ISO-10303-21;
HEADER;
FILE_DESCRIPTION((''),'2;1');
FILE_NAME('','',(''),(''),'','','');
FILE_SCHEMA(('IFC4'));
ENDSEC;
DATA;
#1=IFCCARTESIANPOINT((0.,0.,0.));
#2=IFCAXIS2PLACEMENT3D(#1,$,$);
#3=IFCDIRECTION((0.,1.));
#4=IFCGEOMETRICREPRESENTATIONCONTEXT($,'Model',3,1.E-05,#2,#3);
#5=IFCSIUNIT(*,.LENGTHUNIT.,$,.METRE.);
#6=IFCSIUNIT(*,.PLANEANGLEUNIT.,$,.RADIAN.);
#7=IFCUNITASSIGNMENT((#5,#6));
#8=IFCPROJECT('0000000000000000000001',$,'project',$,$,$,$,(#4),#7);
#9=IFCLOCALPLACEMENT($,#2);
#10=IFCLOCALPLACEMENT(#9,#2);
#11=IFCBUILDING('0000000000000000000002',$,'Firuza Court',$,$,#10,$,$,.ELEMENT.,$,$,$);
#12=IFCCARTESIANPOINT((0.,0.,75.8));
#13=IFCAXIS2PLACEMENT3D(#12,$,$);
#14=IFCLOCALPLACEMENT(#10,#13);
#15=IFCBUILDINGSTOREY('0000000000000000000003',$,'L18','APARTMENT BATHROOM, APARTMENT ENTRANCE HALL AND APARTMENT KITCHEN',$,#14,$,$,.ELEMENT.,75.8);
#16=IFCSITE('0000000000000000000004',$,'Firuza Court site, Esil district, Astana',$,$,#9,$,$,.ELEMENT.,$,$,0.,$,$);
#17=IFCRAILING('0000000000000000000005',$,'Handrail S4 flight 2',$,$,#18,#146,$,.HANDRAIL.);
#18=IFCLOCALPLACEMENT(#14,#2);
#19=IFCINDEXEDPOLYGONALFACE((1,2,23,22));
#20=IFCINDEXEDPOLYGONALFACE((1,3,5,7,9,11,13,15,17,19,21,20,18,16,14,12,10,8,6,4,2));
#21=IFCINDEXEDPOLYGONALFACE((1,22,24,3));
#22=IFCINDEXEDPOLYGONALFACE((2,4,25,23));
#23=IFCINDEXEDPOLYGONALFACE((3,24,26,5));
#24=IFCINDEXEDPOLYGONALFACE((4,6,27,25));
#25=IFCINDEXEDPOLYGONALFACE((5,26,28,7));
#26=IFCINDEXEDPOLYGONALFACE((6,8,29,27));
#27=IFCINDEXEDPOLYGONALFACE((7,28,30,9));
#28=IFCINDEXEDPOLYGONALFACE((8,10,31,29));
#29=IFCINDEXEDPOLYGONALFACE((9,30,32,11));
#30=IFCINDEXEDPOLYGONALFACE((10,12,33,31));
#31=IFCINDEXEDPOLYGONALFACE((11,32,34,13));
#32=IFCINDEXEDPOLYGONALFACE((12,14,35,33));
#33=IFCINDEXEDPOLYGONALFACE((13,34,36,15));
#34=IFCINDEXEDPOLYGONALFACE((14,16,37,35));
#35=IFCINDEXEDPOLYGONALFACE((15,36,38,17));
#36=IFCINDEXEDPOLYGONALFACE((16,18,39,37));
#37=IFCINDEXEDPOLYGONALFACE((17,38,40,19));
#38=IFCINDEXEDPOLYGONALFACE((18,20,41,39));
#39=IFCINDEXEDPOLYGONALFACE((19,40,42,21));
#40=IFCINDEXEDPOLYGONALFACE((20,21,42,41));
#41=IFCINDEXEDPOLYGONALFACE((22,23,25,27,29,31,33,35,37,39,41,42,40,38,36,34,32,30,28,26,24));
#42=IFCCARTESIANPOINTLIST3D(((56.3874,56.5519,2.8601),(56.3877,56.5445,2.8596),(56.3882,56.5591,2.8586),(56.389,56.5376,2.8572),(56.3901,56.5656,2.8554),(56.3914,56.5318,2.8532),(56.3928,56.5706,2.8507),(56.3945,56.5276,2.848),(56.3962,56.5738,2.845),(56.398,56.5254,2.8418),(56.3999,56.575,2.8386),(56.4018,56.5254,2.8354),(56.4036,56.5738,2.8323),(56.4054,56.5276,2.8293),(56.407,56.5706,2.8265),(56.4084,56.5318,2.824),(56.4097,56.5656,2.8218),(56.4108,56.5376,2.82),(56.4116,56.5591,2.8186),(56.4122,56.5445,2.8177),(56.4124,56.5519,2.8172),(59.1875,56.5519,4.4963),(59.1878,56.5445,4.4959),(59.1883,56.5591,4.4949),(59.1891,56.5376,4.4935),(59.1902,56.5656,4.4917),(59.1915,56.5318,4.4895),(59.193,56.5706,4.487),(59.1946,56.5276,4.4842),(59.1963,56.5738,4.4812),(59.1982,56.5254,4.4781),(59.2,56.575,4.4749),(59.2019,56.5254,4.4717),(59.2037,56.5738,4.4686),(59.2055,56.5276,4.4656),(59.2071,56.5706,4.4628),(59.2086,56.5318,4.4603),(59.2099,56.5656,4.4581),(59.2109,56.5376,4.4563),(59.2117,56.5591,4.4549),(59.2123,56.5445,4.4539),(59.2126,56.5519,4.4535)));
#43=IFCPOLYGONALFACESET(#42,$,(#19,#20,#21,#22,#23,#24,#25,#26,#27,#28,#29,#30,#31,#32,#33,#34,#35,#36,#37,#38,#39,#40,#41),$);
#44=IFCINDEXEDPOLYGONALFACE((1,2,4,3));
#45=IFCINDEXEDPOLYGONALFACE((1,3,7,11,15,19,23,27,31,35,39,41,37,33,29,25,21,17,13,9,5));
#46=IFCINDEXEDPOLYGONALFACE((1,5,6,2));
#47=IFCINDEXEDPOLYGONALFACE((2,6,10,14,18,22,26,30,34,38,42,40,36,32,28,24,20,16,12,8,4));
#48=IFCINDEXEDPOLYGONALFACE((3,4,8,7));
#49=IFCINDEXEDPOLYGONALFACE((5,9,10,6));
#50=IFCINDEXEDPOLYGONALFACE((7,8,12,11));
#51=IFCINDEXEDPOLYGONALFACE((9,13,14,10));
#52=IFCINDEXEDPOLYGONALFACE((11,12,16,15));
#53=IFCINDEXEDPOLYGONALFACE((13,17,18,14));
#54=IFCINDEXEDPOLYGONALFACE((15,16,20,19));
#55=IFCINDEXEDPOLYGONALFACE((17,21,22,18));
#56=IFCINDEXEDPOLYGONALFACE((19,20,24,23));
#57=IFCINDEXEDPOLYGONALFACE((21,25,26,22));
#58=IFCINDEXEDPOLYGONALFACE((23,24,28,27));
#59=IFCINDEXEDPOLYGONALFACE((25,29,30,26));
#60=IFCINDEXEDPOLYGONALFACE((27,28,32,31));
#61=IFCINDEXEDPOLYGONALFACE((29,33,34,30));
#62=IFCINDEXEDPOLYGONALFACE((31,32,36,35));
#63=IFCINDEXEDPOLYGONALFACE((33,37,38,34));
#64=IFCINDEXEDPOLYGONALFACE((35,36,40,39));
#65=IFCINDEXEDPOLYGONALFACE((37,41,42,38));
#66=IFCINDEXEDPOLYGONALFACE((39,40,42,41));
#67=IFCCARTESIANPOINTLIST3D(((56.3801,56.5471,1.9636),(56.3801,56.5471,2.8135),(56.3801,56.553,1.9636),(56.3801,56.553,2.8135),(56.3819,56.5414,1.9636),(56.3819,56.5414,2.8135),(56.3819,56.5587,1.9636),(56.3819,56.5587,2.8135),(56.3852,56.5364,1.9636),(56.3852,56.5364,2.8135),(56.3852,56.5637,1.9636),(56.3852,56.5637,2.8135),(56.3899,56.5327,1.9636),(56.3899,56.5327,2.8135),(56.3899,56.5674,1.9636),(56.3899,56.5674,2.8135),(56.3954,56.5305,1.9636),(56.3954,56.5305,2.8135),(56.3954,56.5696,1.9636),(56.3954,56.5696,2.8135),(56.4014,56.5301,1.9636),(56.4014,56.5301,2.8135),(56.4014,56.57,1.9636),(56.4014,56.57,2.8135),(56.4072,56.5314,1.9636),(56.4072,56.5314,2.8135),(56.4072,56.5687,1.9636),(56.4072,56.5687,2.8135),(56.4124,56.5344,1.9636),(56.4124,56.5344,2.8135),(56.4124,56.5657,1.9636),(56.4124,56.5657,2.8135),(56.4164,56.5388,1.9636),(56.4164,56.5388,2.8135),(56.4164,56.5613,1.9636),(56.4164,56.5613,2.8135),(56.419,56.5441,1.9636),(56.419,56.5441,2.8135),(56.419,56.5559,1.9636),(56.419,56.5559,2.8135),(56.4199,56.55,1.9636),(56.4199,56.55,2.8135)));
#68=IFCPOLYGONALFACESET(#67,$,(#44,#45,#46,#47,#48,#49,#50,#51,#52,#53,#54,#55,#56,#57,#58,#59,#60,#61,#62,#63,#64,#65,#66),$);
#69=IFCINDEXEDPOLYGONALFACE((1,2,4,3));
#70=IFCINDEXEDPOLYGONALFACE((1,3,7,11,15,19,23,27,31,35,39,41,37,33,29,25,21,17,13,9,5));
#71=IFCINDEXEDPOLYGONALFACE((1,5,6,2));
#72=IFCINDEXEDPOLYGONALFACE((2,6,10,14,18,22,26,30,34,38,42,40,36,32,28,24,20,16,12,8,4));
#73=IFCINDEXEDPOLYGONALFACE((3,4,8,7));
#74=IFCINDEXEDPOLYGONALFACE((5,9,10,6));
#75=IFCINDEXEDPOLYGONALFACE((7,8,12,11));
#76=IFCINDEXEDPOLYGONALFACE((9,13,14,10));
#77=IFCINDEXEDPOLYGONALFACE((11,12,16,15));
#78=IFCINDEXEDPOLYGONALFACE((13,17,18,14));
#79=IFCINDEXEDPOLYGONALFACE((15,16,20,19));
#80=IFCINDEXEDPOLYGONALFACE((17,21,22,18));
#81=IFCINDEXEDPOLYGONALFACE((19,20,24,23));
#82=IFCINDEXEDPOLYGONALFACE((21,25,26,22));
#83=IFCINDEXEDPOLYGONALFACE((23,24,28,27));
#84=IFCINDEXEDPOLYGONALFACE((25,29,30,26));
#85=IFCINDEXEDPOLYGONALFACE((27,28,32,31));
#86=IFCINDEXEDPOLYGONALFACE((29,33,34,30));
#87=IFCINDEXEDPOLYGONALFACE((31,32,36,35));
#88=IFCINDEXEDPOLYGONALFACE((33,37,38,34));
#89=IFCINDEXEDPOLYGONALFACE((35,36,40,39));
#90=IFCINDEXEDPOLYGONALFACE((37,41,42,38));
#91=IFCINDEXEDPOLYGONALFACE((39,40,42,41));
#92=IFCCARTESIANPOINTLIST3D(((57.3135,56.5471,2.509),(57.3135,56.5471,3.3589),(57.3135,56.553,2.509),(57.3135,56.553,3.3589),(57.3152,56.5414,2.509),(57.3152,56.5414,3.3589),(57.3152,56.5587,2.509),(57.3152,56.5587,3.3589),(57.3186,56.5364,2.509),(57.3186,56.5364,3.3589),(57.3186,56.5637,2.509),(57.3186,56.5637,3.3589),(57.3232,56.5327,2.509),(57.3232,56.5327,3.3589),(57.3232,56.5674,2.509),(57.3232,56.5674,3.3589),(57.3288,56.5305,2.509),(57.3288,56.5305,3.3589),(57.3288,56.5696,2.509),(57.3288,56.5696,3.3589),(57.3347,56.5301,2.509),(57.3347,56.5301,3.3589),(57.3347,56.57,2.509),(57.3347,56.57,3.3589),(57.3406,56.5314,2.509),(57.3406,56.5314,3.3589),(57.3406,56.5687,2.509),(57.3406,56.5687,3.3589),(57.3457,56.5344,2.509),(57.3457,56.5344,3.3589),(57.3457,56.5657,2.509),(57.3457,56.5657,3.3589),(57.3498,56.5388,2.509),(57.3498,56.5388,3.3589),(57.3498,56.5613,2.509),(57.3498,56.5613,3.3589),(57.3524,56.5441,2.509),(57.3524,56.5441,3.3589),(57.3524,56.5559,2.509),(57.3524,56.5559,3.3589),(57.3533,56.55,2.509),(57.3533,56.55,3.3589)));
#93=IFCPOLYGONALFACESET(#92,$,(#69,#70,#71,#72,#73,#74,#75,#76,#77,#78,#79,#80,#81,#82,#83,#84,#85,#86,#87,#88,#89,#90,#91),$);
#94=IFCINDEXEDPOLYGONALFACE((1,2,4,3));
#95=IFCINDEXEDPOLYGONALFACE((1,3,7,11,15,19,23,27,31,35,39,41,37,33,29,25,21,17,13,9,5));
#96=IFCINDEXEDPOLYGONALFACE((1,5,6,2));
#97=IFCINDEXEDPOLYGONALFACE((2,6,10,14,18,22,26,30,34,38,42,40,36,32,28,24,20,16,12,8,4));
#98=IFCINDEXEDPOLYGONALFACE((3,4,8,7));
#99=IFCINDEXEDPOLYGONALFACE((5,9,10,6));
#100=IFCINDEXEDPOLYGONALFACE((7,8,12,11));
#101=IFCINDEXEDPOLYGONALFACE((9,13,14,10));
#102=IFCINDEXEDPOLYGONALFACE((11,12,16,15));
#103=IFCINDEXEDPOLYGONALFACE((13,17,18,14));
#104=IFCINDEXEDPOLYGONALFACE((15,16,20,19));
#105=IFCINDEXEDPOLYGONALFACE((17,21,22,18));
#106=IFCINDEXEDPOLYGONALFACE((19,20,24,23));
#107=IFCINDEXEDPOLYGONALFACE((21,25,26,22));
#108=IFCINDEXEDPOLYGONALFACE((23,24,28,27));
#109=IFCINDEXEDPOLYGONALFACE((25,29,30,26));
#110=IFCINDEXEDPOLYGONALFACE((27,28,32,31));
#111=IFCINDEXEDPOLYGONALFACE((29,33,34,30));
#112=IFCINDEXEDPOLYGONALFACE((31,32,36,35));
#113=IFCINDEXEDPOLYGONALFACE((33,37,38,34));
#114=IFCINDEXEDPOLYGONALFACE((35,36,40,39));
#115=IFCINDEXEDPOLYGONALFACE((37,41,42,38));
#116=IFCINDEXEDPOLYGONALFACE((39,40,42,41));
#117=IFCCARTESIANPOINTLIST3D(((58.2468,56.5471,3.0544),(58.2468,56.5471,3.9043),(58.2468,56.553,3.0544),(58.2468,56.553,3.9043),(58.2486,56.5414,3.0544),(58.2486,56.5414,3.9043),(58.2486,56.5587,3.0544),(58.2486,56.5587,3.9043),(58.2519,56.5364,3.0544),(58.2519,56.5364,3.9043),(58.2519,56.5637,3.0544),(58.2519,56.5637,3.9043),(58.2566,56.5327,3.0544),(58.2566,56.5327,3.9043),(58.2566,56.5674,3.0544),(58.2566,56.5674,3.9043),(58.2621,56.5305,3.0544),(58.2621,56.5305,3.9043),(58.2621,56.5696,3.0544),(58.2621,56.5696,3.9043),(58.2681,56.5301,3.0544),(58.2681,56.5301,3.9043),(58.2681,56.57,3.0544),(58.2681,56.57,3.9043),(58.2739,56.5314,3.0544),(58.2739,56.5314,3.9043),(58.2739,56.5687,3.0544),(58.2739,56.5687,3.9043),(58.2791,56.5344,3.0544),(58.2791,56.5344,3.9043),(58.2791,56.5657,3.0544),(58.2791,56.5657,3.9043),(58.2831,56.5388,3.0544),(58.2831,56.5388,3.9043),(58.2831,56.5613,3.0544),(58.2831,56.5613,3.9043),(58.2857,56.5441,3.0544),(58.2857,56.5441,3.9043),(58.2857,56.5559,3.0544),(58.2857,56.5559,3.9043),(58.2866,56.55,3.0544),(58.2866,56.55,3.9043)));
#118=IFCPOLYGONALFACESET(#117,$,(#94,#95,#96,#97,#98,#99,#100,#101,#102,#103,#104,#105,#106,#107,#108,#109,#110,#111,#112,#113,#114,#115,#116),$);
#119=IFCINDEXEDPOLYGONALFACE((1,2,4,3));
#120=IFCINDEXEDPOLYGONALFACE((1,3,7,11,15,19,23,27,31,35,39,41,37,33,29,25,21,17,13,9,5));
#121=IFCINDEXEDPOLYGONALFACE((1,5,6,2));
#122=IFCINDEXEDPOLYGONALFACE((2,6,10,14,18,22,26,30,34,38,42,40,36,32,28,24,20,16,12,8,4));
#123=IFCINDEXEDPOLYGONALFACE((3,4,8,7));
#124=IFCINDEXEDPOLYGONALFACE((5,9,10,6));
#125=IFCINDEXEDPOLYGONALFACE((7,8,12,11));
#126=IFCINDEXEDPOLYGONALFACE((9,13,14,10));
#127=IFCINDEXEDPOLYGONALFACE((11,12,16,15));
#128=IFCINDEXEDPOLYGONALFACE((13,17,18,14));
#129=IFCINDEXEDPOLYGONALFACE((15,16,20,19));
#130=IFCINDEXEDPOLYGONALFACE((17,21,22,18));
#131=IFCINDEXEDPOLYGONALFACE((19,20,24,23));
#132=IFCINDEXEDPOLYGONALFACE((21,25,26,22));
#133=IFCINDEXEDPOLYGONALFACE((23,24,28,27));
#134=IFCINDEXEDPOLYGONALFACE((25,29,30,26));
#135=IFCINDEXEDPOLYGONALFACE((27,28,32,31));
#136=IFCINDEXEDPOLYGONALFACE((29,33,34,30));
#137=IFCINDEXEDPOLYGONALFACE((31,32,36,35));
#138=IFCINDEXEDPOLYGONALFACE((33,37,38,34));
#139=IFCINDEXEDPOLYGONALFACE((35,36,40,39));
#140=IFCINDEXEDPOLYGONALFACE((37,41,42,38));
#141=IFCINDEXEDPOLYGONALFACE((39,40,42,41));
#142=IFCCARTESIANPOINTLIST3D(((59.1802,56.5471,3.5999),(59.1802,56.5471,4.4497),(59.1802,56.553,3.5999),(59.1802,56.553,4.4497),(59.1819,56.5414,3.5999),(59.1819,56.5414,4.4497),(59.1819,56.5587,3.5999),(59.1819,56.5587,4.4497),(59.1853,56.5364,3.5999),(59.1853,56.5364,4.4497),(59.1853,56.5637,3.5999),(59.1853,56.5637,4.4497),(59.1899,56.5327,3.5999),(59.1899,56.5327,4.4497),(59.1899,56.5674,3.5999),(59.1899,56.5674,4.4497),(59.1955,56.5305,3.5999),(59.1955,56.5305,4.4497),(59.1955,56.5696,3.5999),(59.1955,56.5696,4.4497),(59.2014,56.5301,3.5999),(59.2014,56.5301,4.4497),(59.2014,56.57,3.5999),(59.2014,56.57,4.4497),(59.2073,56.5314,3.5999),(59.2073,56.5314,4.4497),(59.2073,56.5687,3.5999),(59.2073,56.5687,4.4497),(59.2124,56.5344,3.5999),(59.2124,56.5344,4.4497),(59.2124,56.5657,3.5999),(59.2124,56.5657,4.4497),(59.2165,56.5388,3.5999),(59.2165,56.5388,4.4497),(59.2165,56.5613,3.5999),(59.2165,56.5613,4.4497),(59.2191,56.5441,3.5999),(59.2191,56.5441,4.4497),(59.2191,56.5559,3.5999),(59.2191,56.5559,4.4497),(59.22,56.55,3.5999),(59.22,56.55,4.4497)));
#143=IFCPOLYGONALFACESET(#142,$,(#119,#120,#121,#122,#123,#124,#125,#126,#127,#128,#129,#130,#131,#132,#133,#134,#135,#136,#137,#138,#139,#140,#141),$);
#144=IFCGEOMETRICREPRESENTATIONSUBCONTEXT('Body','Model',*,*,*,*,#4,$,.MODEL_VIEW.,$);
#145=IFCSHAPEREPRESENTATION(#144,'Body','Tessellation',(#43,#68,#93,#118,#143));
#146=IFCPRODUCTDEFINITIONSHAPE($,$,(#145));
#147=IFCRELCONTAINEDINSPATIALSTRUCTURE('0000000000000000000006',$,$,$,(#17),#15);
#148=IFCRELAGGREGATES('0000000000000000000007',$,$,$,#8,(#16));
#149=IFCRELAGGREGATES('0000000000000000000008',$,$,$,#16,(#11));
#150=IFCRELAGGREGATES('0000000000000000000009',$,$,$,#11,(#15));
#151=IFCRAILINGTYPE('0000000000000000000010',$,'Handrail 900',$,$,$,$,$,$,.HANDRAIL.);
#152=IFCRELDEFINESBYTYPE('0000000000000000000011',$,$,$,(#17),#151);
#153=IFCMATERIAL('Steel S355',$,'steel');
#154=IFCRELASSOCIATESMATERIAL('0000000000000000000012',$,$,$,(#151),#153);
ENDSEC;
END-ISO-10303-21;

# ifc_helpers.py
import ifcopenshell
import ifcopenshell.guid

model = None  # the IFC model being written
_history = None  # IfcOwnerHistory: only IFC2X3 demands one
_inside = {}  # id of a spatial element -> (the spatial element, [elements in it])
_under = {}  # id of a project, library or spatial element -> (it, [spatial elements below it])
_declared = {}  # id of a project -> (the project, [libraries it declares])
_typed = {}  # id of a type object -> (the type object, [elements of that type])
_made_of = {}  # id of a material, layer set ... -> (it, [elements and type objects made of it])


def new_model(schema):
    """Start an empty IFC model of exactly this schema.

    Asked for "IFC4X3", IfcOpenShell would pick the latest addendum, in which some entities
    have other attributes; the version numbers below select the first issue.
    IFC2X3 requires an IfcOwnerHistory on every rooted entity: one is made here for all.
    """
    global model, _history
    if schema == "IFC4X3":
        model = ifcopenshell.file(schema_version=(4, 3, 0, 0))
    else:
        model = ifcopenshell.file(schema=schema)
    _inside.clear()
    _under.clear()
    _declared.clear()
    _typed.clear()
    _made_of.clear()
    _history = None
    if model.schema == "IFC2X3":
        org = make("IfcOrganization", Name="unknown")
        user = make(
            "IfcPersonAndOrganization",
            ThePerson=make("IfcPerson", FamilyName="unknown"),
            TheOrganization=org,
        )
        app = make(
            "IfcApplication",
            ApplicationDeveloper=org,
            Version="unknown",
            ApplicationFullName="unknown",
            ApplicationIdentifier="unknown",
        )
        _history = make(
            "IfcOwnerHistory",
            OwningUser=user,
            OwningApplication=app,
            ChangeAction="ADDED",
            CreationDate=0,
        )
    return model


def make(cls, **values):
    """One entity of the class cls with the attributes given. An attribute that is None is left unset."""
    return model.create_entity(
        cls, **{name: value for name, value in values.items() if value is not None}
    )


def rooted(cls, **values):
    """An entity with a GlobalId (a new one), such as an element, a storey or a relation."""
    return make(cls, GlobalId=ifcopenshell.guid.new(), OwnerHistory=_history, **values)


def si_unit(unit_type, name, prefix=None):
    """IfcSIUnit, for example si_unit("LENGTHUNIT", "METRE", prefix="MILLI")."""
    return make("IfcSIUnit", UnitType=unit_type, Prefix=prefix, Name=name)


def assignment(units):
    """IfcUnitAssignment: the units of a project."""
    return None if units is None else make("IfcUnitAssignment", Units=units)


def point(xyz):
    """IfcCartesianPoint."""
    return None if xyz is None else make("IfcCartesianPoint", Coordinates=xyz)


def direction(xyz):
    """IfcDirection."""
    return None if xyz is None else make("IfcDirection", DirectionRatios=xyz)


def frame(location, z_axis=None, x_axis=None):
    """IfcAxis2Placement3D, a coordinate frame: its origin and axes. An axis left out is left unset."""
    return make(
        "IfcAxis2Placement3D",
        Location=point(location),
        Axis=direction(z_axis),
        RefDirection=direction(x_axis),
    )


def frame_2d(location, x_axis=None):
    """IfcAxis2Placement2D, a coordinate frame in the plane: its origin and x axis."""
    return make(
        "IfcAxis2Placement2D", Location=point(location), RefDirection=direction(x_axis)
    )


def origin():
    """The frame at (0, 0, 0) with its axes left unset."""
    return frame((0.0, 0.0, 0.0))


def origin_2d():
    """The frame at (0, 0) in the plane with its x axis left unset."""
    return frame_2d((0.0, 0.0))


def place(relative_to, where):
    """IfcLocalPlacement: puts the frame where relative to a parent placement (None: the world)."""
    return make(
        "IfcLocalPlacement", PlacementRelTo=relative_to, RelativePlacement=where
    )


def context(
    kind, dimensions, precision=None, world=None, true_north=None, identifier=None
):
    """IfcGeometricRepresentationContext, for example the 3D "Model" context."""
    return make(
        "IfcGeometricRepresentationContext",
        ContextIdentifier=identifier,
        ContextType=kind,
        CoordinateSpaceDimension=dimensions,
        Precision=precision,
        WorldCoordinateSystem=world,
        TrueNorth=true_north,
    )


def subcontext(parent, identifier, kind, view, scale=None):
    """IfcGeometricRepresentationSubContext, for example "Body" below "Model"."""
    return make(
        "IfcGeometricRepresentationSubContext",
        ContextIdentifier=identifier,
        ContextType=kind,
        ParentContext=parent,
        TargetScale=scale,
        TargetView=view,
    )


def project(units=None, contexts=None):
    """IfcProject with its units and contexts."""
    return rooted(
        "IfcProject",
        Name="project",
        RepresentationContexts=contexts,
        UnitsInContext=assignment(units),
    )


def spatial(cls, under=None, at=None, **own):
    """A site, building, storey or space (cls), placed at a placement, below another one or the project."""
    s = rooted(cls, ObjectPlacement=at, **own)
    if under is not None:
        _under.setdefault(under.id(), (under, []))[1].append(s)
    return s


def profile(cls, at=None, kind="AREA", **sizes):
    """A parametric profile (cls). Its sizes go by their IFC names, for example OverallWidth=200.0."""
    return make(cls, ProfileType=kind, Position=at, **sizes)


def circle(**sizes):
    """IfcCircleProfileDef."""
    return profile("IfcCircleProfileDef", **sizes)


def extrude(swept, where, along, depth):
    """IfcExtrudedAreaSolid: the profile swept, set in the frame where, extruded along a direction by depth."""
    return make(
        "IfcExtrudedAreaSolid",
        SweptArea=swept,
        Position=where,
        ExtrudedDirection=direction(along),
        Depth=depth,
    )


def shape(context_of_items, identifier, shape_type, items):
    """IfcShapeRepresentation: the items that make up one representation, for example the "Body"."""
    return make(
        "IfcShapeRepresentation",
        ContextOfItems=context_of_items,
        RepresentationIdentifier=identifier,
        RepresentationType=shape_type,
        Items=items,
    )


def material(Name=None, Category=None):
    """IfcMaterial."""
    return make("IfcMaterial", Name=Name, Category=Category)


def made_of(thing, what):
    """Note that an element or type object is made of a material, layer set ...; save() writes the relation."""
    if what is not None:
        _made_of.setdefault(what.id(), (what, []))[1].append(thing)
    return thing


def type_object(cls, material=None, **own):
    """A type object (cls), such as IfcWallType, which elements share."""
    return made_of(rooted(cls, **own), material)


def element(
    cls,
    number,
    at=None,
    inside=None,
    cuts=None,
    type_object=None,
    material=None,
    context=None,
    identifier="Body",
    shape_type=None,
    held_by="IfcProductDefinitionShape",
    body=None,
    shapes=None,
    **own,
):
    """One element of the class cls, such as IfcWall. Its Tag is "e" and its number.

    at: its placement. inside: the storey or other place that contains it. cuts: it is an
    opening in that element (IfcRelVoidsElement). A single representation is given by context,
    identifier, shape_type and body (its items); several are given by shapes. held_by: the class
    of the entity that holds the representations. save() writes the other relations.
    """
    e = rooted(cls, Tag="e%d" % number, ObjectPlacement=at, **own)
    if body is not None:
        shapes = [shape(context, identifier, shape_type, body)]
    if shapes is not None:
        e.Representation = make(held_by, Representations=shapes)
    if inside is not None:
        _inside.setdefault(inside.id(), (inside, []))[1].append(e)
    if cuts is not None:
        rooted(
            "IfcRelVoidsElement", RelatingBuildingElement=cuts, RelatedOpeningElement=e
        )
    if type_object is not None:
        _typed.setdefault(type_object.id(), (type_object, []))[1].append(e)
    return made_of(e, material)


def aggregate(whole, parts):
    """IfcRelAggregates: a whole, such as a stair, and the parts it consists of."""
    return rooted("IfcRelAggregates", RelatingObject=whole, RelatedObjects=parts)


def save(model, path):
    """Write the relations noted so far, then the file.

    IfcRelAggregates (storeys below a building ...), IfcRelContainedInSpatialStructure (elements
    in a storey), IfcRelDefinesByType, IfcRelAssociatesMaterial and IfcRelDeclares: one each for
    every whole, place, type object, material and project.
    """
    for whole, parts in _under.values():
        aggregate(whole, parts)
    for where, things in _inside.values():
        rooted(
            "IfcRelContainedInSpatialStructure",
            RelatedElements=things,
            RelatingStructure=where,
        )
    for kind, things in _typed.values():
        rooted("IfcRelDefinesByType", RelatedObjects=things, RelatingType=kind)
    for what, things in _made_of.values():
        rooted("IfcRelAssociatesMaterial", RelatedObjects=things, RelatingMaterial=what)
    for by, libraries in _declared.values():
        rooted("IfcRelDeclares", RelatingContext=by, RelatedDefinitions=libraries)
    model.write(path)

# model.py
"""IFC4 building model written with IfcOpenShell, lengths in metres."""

from ifc_helpers import new_model, si_unit, direction, frame, origin, origin_2d, place, context, subcontext, project, spatial, circle, extrude, material, type_object, element, save


model = new_model("IFC4")

# Units and contexts
model_context = context("Model", 3, precision=1e-05, world=origin(), true_north=direction((0.0, 1.0)))
body_context = subcontext(model_context, "Body", "Model", "MODEL_VIEW")
ifc_project = project(units=[si_unit("LENGTHUNIT", "METRE"), si_unit("PLANEANGLEUNIT", "RADIAN")], contexts=[model_context])

# Site, building, storey
site_placement = place(None, origin())
site = spatial("IfcSite", under=ifc_project, at=site_placement, Name="Firuza Court site, Esil district, Astana", CompositionType="ELEMENT", RefElevation=0.0)
building_placement = place(site_placement, origin())
building = spatial("IfcBuilding", under=site, at=building_placement, Name="Firuza Court", CompositionType="ELEMENT")
storey_placement = place(building_placement, frame((0.0, 0.0, 75.8)))
storey = spatial("IfcBuildingStorey", under=building, at=storey_placement, Name="L18", Description="APARTMENT BATHROOM, APARTMENT ENTRANCE HALL AND APARTMENT KITCHEN", CompositionType="ELEMENT", Elevation=75.8)

# Railing
ifc_material_1 = material(Name="Steel S355", Category="steel")
railing_type_1 = type_object("IfcRailingType", Name="Handrail 900", PredefinedType="HANDRAIL", material=ifc_material_1)
railing_1_placement = place(storey_placement, frame((56.3999, 56.55, 1.9636)))
element("IfcRailing", 1, at=railing_1_placement, inside=storey, type_object=railing_type_1, Name="Handrail S4 flight 2", PredefinedType="HANDRAIL", context=body_context, shape_type="SweptSolid", body=[
    extrude(circle(Radius=0.0249, at=origin_2d()), frame((0.0, 0.0, 0.875), z_axis=(0.863394, 0.0, 0.504531), x_axis=(0.0, 1.0, 0.0)), (0.0, 0.0, 1.0), 3.2432),
    extrude(circle(Radius=0.02, at=origin_2d()), origin(), (0.0, 0.0, 1.0), 0.8499),
    extrude(circle(Radius=0.02, at=origin_2d()), frame((0.9333, 0.0, 0.5454)), (0.0, 0.0, 1.0), 0.8499),
    extrude(circle(Radius=0.02, at=origin_2d()), frame((1.8667, 0.0, 1.0908)), (0.0, 0.0, 1.0), 0.8499),
    extrude(circle(Radius=0.02, at=origin_2d()), frame((2.8, 0.0, 1.6362)), (0.0, 0.0, 1.0), 0.8499),
])

save(model, "model.ifc")
